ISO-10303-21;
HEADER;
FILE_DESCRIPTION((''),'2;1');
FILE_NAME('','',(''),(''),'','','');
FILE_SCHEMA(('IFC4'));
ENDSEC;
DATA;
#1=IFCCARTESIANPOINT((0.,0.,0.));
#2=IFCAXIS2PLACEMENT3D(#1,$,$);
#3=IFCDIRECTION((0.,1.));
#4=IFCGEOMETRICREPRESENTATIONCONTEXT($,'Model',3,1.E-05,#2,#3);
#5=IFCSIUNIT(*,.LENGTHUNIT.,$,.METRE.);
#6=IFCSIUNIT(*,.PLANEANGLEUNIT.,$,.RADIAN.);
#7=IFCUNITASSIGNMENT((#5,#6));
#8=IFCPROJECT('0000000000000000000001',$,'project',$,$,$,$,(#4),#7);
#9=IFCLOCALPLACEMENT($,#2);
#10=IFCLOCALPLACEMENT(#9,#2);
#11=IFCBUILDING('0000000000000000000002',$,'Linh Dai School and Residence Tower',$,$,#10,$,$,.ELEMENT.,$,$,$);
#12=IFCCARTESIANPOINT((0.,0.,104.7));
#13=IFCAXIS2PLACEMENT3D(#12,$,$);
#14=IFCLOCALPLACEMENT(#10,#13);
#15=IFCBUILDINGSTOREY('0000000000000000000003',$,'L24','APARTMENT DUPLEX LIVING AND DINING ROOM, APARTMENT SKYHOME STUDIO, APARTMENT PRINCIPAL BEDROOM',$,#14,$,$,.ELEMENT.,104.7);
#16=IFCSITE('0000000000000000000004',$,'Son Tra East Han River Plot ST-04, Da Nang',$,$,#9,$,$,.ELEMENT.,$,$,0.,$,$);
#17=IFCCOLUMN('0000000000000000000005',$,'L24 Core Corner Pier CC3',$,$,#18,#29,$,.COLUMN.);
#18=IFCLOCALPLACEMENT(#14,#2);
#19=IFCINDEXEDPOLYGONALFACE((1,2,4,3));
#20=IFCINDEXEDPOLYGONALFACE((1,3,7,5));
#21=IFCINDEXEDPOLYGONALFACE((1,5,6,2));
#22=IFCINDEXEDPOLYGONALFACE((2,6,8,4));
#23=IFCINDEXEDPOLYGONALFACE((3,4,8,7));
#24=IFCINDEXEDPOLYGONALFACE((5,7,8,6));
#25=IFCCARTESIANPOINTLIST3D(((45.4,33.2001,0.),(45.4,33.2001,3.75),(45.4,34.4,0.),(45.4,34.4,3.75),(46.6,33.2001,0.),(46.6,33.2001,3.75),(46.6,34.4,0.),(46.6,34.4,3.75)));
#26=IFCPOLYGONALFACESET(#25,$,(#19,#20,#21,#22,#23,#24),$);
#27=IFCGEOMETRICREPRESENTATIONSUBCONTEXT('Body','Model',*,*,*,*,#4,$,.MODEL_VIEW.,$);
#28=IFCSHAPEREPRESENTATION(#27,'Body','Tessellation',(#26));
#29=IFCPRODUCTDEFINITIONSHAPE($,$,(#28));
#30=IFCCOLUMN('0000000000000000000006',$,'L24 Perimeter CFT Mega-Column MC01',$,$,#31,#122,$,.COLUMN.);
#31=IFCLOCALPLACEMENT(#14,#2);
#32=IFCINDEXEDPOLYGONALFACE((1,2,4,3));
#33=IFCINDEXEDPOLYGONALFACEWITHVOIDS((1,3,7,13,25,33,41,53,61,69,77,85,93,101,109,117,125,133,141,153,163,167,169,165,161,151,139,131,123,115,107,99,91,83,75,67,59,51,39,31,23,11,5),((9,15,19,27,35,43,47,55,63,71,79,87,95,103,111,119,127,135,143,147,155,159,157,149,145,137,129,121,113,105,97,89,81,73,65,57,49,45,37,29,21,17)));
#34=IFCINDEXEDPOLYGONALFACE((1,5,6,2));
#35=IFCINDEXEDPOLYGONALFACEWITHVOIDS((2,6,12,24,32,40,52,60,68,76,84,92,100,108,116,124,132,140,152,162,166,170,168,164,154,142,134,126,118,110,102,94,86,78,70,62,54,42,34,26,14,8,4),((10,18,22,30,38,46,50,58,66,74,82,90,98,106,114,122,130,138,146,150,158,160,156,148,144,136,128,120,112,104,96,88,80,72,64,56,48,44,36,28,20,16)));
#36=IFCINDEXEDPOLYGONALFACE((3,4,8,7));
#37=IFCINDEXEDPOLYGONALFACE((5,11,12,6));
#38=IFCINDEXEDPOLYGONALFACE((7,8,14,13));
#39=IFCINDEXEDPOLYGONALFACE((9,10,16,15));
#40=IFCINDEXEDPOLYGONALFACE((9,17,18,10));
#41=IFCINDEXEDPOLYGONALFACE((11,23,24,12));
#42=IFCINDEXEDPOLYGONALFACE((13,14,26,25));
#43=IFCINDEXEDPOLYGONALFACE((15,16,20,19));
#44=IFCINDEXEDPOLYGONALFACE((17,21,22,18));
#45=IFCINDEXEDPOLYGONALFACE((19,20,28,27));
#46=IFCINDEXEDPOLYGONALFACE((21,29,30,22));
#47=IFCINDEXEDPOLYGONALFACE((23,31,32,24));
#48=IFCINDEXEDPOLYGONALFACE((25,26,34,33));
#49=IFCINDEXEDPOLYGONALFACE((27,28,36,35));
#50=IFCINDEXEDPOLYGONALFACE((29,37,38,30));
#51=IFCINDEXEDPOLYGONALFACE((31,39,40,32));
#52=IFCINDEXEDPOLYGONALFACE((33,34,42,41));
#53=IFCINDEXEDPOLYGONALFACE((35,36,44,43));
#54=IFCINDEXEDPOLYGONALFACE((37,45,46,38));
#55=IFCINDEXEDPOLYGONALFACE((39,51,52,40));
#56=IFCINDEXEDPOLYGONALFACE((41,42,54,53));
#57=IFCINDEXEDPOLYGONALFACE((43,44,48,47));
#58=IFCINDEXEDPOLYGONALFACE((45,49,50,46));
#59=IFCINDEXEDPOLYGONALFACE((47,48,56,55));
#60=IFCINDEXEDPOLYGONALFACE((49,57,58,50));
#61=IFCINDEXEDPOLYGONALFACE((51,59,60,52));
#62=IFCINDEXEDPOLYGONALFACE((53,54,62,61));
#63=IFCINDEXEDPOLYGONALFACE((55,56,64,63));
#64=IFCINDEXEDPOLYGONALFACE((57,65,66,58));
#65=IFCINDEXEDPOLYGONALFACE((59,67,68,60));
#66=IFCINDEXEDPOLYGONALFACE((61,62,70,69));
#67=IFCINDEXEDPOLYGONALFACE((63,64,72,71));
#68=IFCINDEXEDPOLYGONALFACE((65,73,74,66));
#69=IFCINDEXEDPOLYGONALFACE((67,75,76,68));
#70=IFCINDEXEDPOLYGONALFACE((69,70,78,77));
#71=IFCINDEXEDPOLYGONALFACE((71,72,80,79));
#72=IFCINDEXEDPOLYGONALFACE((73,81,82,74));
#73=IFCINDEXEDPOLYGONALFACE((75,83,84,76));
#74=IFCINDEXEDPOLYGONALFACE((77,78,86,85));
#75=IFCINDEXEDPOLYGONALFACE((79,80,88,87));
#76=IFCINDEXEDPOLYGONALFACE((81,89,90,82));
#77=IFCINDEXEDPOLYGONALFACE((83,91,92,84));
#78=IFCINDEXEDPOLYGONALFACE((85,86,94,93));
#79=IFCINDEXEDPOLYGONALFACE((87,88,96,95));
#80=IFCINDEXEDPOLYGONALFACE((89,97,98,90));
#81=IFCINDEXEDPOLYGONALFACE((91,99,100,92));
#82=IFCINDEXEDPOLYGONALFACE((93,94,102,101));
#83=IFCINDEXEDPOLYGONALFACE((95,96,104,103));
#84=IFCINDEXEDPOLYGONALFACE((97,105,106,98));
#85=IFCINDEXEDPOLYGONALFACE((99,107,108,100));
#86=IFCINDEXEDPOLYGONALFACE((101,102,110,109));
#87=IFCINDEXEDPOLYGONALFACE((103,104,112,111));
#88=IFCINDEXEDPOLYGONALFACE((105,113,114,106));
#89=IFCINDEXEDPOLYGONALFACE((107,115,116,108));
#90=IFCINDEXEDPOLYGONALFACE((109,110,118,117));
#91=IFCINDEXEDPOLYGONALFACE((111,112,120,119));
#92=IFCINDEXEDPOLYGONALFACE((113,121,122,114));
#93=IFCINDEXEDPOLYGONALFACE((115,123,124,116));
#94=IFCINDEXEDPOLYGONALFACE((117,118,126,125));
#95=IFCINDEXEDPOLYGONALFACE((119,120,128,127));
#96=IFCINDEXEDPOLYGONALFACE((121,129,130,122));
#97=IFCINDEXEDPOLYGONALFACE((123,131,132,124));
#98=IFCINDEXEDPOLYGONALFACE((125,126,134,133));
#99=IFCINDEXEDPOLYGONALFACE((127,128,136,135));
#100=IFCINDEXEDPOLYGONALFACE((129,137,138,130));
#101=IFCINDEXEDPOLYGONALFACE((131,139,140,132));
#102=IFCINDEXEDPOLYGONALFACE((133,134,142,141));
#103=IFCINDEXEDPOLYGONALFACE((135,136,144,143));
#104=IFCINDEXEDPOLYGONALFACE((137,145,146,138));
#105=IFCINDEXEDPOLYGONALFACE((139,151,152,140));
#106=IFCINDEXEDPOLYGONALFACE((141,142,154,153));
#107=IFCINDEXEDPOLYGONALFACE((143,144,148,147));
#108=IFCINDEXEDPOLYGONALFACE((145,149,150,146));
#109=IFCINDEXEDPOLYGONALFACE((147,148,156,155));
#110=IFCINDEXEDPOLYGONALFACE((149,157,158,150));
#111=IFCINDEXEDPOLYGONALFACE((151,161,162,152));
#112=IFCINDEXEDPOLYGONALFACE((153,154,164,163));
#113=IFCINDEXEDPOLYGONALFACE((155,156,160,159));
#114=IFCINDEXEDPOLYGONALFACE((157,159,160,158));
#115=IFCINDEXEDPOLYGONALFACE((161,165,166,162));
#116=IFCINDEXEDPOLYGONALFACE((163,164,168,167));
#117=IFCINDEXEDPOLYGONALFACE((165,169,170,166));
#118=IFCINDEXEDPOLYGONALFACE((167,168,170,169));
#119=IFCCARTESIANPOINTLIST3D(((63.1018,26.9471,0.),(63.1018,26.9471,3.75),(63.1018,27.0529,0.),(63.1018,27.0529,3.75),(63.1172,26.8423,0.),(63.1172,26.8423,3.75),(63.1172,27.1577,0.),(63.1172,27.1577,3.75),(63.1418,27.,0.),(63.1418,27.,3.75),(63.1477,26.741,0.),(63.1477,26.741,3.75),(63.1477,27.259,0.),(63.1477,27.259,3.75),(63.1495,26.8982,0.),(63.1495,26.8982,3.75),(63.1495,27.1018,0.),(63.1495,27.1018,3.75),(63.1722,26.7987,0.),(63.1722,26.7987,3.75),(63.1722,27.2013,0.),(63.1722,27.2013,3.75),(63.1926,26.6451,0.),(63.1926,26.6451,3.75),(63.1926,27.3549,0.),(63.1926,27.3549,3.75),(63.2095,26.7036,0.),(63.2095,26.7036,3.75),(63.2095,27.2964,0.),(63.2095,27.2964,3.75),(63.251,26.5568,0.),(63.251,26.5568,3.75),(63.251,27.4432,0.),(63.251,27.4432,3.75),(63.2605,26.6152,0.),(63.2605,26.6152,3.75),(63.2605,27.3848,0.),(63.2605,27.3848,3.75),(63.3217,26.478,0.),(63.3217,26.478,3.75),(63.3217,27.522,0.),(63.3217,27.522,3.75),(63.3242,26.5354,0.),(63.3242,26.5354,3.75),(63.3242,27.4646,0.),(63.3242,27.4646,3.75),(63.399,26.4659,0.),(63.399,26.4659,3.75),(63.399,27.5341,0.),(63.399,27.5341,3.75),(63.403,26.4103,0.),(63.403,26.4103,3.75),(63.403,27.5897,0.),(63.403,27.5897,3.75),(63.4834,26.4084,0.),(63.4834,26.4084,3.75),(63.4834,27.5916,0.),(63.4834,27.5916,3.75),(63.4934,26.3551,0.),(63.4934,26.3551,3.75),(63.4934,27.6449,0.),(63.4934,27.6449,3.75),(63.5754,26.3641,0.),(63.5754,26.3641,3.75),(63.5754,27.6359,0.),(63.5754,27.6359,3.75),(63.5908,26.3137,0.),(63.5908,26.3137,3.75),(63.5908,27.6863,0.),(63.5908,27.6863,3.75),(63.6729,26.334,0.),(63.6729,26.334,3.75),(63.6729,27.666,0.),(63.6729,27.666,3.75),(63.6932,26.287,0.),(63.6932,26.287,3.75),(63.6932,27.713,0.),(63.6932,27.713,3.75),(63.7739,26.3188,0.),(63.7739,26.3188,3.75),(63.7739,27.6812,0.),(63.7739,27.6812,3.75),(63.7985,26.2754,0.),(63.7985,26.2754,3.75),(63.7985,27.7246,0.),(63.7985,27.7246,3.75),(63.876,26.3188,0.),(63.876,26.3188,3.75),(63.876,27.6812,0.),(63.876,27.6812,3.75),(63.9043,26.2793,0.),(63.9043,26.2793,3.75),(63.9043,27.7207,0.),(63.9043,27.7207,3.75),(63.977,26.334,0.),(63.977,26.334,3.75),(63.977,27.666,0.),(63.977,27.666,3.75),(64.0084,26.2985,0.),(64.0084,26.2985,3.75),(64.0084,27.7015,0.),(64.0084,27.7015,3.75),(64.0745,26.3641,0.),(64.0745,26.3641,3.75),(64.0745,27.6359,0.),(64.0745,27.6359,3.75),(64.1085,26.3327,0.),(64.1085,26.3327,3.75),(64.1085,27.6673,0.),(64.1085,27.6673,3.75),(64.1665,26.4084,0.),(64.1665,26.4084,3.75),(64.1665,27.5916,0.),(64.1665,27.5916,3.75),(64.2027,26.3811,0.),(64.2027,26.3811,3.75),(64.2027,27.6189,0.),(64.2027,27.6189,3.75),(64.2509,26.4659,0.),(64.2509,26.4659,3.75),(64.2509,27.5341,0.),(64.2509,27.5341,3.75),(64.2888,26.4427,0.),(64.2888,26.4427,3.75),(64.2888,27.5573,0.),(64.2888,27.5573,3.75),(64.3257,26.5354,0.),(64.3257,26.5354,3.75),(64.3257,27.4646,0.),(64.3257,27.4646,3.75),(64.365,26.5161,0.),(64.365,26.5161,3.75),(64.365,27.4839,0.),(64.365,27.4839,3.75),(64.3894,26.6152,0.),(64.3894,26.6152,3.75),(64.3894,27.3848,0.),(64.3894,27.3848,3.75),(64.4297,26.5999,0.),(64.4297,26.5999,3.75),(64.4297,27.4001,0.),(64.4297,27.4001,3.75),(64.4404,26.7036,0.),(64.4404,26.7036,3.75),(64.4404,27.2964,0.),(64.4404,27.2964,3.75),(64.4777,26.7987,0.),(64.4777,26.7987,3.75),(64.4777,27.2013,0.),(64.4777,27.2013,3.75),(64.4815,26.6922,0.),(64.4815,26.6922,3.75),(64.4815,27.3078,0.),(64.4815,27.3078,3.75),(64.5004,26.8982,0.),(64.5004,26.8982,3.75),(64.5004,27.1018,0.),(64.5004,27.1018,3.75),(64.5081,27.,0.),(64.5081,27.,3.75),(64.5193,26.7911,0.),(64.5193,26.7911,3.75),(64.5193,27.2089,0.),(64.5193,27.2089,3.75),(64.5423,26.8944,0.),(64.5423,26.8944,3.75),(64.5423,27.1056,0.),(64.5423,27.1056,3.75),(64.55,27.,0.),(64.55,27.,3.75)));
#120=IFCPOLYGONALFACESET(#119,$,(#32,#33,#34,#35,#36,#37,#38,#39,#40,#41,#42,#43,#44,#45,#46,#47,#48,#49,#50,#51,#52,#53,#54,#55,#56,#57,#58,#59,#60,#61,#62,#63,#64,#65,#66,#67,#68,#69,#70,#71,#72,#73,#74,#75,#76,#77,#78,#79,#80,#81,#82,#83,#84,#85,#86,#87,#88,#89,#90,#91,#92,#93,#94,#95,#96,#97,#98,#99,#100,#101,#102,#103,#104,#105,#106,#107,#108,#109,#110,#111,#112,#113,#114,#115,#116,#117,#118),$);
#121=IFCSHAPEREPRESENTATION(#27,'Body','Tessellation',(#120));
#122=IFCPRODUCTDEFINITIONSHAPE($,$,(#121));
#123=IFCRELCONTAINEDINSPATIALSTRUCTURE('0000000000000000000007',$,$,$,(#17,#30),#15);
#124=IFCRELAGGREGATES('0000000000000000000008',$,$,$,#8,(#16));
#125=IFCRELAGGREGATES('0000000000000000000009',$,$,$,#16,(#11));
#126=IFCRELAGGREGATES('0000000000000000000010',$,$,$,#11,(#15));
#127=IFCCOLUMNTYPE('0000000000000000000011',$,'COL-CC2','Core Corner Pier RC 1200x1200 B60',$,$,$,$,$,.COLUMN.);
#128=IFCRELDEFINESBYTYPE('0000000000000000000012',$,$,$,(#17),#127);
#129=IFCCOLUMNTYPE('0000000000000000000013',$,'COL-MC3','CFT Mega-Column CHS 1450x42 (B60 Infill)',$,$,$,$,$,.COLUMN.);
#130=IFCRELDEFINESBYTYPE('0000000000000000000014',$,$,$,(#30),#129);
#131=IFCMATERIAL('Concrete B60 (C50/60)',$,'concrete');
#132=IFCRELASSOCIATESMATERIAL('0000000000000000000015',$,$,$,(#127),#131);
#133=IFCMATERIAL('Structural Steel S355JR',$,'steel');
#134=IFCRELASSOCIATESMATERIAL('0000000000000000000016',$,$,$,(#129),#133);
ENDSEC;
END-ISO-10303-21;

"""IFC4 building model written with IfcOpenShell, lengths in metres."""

from ifc_helpers import new_model, si_unit, direction, frame, origin, origin_2d, place, context, subcontext, project, spatial, rectangle, hollow_circle, extrude, material, material_profile, profile_set, type_object, element, save


model = new_model("IFC4")

# Units and contexts
model_context = context("Model", 3, precision=1e-05, world=origin(), true_north=direction((0.0, 1.0)))
body_context = subcontext(model_context, "Body", "Model", "MODEL_VIEW")
ifc_project = project(units=[si_unit("LENGTHUNIT", "METRE"), si_unit("PLANEANGLEUNIT", "RADIAN")], contexts=[model_context])

# Site, building, storey
site_placement = place(None, origin())
site = spatial("IfcSite", under=ifc_project, at=site_placement, Name="Son Tra East Han River Plot ST-04, Da Nang", CompositionType="ELEMENT", RefElevation=0.0)
building_placement = place(site_placement, origin())
building = spatial("IfcBuilding", under=site, at=building_placement, Name="Linh Dai School and Residence Tower", CompositionType="ELEMENT")
storey_placement = place(building_placement, frame((0.0, 0.0, 104.7)))
storey = spatial("IfcBuildingStorey", under=building, at=storey_placement, Name="L24", Description="APARTMENT DUPLEX LIVING AND DINING ROOM, APARTMENT SKYHOME STUDIO, APARTMENT PRINCIPAL BEDROOM", CompositionType="ELEMENT", Elevation=104.7)

# Columns
ifc_material_1 = material(Name="Concrete B60 (C50/60)", Category="concrete")
ifc_material_profile_1 = material_profile(ifc_material_1, rectangle(XDim=1.2, YDim=1.2, at=origin_2d()), Name="RC 1200x1200")
ifc_profile_set_1 = profile_set([ifc_material_profile_1], Name="Concrete B60 (C50/60)")
column_type_1 = type_object("IfcColumnType", Name="COL-CC2", Description="Core Corner Pier RC 1200x1200 B60", PredefinedType="COLUMN", material=ifc_profile_set_1)
column_placement = place(storey_placement, frame((46.0, 33.8, 0.0), z_axis=(0.0, 0.0, 1.0), x_axis=(1.0, 0.0, 0.0)))
element("IfcColumn", 1, at=column_placement, inside=storey, type_object=column_type_1, Name="L24 Core Corner Pier CC3", PredefinedType="COLUMN", context=body_context, shape_type="SweptSolid", body=[
    extrude(rectangle(XDim=1.2, YDim=1.2, at=origin_2d()), origin(), (0.0, 0.0, 1.0), 3.75),
])
ifc_material_2 = material(Name="Structural Steel S355JR", Category="steel")
ifc_material_profile_2 = material_profile(ifc_material_2, hollow_circle(Radius=0.7251, WallThickness=0.042, at=origin_2d()), Name="CHS 1450x42")
ifc_profile_set_2 = profile_set([ifc_material_profile_2], Name="Structural Steel S355JR")
column_type_2 = type_object("IfcColumnType", Name="COL-MC3", Description="CFT Mega-Column CHS 1450x42 (B60 Infill)", PredefinedType="COLUMN", material=ifc_profile_set_2)
for number, where, z_axis, x_axis, name in (
    (2, (63.825, 27.0, 0.0), (0.0, 0.0, 1.0), (1.0, 0.0, 0.0), "L24 Perimeter CFT Mega-Column MC01"),
):
    element("IfcColumn", number, at=place(storey_placement, frame(where, z_axis=z_axis, x_axis=x_axis)), inside=storey, type_object=column_type_2, Name=name, PredefinedType="COLUMN", context=body_context, shape_type="SweptSolid", body=[
        extrude(hollow_circle(Radius=0.7251, WallThickness=0.042, at=origin_2d()), origin(), (0.0, 0.0, 1.0), 3.75),
    ])

save(model, "model.ifc")
